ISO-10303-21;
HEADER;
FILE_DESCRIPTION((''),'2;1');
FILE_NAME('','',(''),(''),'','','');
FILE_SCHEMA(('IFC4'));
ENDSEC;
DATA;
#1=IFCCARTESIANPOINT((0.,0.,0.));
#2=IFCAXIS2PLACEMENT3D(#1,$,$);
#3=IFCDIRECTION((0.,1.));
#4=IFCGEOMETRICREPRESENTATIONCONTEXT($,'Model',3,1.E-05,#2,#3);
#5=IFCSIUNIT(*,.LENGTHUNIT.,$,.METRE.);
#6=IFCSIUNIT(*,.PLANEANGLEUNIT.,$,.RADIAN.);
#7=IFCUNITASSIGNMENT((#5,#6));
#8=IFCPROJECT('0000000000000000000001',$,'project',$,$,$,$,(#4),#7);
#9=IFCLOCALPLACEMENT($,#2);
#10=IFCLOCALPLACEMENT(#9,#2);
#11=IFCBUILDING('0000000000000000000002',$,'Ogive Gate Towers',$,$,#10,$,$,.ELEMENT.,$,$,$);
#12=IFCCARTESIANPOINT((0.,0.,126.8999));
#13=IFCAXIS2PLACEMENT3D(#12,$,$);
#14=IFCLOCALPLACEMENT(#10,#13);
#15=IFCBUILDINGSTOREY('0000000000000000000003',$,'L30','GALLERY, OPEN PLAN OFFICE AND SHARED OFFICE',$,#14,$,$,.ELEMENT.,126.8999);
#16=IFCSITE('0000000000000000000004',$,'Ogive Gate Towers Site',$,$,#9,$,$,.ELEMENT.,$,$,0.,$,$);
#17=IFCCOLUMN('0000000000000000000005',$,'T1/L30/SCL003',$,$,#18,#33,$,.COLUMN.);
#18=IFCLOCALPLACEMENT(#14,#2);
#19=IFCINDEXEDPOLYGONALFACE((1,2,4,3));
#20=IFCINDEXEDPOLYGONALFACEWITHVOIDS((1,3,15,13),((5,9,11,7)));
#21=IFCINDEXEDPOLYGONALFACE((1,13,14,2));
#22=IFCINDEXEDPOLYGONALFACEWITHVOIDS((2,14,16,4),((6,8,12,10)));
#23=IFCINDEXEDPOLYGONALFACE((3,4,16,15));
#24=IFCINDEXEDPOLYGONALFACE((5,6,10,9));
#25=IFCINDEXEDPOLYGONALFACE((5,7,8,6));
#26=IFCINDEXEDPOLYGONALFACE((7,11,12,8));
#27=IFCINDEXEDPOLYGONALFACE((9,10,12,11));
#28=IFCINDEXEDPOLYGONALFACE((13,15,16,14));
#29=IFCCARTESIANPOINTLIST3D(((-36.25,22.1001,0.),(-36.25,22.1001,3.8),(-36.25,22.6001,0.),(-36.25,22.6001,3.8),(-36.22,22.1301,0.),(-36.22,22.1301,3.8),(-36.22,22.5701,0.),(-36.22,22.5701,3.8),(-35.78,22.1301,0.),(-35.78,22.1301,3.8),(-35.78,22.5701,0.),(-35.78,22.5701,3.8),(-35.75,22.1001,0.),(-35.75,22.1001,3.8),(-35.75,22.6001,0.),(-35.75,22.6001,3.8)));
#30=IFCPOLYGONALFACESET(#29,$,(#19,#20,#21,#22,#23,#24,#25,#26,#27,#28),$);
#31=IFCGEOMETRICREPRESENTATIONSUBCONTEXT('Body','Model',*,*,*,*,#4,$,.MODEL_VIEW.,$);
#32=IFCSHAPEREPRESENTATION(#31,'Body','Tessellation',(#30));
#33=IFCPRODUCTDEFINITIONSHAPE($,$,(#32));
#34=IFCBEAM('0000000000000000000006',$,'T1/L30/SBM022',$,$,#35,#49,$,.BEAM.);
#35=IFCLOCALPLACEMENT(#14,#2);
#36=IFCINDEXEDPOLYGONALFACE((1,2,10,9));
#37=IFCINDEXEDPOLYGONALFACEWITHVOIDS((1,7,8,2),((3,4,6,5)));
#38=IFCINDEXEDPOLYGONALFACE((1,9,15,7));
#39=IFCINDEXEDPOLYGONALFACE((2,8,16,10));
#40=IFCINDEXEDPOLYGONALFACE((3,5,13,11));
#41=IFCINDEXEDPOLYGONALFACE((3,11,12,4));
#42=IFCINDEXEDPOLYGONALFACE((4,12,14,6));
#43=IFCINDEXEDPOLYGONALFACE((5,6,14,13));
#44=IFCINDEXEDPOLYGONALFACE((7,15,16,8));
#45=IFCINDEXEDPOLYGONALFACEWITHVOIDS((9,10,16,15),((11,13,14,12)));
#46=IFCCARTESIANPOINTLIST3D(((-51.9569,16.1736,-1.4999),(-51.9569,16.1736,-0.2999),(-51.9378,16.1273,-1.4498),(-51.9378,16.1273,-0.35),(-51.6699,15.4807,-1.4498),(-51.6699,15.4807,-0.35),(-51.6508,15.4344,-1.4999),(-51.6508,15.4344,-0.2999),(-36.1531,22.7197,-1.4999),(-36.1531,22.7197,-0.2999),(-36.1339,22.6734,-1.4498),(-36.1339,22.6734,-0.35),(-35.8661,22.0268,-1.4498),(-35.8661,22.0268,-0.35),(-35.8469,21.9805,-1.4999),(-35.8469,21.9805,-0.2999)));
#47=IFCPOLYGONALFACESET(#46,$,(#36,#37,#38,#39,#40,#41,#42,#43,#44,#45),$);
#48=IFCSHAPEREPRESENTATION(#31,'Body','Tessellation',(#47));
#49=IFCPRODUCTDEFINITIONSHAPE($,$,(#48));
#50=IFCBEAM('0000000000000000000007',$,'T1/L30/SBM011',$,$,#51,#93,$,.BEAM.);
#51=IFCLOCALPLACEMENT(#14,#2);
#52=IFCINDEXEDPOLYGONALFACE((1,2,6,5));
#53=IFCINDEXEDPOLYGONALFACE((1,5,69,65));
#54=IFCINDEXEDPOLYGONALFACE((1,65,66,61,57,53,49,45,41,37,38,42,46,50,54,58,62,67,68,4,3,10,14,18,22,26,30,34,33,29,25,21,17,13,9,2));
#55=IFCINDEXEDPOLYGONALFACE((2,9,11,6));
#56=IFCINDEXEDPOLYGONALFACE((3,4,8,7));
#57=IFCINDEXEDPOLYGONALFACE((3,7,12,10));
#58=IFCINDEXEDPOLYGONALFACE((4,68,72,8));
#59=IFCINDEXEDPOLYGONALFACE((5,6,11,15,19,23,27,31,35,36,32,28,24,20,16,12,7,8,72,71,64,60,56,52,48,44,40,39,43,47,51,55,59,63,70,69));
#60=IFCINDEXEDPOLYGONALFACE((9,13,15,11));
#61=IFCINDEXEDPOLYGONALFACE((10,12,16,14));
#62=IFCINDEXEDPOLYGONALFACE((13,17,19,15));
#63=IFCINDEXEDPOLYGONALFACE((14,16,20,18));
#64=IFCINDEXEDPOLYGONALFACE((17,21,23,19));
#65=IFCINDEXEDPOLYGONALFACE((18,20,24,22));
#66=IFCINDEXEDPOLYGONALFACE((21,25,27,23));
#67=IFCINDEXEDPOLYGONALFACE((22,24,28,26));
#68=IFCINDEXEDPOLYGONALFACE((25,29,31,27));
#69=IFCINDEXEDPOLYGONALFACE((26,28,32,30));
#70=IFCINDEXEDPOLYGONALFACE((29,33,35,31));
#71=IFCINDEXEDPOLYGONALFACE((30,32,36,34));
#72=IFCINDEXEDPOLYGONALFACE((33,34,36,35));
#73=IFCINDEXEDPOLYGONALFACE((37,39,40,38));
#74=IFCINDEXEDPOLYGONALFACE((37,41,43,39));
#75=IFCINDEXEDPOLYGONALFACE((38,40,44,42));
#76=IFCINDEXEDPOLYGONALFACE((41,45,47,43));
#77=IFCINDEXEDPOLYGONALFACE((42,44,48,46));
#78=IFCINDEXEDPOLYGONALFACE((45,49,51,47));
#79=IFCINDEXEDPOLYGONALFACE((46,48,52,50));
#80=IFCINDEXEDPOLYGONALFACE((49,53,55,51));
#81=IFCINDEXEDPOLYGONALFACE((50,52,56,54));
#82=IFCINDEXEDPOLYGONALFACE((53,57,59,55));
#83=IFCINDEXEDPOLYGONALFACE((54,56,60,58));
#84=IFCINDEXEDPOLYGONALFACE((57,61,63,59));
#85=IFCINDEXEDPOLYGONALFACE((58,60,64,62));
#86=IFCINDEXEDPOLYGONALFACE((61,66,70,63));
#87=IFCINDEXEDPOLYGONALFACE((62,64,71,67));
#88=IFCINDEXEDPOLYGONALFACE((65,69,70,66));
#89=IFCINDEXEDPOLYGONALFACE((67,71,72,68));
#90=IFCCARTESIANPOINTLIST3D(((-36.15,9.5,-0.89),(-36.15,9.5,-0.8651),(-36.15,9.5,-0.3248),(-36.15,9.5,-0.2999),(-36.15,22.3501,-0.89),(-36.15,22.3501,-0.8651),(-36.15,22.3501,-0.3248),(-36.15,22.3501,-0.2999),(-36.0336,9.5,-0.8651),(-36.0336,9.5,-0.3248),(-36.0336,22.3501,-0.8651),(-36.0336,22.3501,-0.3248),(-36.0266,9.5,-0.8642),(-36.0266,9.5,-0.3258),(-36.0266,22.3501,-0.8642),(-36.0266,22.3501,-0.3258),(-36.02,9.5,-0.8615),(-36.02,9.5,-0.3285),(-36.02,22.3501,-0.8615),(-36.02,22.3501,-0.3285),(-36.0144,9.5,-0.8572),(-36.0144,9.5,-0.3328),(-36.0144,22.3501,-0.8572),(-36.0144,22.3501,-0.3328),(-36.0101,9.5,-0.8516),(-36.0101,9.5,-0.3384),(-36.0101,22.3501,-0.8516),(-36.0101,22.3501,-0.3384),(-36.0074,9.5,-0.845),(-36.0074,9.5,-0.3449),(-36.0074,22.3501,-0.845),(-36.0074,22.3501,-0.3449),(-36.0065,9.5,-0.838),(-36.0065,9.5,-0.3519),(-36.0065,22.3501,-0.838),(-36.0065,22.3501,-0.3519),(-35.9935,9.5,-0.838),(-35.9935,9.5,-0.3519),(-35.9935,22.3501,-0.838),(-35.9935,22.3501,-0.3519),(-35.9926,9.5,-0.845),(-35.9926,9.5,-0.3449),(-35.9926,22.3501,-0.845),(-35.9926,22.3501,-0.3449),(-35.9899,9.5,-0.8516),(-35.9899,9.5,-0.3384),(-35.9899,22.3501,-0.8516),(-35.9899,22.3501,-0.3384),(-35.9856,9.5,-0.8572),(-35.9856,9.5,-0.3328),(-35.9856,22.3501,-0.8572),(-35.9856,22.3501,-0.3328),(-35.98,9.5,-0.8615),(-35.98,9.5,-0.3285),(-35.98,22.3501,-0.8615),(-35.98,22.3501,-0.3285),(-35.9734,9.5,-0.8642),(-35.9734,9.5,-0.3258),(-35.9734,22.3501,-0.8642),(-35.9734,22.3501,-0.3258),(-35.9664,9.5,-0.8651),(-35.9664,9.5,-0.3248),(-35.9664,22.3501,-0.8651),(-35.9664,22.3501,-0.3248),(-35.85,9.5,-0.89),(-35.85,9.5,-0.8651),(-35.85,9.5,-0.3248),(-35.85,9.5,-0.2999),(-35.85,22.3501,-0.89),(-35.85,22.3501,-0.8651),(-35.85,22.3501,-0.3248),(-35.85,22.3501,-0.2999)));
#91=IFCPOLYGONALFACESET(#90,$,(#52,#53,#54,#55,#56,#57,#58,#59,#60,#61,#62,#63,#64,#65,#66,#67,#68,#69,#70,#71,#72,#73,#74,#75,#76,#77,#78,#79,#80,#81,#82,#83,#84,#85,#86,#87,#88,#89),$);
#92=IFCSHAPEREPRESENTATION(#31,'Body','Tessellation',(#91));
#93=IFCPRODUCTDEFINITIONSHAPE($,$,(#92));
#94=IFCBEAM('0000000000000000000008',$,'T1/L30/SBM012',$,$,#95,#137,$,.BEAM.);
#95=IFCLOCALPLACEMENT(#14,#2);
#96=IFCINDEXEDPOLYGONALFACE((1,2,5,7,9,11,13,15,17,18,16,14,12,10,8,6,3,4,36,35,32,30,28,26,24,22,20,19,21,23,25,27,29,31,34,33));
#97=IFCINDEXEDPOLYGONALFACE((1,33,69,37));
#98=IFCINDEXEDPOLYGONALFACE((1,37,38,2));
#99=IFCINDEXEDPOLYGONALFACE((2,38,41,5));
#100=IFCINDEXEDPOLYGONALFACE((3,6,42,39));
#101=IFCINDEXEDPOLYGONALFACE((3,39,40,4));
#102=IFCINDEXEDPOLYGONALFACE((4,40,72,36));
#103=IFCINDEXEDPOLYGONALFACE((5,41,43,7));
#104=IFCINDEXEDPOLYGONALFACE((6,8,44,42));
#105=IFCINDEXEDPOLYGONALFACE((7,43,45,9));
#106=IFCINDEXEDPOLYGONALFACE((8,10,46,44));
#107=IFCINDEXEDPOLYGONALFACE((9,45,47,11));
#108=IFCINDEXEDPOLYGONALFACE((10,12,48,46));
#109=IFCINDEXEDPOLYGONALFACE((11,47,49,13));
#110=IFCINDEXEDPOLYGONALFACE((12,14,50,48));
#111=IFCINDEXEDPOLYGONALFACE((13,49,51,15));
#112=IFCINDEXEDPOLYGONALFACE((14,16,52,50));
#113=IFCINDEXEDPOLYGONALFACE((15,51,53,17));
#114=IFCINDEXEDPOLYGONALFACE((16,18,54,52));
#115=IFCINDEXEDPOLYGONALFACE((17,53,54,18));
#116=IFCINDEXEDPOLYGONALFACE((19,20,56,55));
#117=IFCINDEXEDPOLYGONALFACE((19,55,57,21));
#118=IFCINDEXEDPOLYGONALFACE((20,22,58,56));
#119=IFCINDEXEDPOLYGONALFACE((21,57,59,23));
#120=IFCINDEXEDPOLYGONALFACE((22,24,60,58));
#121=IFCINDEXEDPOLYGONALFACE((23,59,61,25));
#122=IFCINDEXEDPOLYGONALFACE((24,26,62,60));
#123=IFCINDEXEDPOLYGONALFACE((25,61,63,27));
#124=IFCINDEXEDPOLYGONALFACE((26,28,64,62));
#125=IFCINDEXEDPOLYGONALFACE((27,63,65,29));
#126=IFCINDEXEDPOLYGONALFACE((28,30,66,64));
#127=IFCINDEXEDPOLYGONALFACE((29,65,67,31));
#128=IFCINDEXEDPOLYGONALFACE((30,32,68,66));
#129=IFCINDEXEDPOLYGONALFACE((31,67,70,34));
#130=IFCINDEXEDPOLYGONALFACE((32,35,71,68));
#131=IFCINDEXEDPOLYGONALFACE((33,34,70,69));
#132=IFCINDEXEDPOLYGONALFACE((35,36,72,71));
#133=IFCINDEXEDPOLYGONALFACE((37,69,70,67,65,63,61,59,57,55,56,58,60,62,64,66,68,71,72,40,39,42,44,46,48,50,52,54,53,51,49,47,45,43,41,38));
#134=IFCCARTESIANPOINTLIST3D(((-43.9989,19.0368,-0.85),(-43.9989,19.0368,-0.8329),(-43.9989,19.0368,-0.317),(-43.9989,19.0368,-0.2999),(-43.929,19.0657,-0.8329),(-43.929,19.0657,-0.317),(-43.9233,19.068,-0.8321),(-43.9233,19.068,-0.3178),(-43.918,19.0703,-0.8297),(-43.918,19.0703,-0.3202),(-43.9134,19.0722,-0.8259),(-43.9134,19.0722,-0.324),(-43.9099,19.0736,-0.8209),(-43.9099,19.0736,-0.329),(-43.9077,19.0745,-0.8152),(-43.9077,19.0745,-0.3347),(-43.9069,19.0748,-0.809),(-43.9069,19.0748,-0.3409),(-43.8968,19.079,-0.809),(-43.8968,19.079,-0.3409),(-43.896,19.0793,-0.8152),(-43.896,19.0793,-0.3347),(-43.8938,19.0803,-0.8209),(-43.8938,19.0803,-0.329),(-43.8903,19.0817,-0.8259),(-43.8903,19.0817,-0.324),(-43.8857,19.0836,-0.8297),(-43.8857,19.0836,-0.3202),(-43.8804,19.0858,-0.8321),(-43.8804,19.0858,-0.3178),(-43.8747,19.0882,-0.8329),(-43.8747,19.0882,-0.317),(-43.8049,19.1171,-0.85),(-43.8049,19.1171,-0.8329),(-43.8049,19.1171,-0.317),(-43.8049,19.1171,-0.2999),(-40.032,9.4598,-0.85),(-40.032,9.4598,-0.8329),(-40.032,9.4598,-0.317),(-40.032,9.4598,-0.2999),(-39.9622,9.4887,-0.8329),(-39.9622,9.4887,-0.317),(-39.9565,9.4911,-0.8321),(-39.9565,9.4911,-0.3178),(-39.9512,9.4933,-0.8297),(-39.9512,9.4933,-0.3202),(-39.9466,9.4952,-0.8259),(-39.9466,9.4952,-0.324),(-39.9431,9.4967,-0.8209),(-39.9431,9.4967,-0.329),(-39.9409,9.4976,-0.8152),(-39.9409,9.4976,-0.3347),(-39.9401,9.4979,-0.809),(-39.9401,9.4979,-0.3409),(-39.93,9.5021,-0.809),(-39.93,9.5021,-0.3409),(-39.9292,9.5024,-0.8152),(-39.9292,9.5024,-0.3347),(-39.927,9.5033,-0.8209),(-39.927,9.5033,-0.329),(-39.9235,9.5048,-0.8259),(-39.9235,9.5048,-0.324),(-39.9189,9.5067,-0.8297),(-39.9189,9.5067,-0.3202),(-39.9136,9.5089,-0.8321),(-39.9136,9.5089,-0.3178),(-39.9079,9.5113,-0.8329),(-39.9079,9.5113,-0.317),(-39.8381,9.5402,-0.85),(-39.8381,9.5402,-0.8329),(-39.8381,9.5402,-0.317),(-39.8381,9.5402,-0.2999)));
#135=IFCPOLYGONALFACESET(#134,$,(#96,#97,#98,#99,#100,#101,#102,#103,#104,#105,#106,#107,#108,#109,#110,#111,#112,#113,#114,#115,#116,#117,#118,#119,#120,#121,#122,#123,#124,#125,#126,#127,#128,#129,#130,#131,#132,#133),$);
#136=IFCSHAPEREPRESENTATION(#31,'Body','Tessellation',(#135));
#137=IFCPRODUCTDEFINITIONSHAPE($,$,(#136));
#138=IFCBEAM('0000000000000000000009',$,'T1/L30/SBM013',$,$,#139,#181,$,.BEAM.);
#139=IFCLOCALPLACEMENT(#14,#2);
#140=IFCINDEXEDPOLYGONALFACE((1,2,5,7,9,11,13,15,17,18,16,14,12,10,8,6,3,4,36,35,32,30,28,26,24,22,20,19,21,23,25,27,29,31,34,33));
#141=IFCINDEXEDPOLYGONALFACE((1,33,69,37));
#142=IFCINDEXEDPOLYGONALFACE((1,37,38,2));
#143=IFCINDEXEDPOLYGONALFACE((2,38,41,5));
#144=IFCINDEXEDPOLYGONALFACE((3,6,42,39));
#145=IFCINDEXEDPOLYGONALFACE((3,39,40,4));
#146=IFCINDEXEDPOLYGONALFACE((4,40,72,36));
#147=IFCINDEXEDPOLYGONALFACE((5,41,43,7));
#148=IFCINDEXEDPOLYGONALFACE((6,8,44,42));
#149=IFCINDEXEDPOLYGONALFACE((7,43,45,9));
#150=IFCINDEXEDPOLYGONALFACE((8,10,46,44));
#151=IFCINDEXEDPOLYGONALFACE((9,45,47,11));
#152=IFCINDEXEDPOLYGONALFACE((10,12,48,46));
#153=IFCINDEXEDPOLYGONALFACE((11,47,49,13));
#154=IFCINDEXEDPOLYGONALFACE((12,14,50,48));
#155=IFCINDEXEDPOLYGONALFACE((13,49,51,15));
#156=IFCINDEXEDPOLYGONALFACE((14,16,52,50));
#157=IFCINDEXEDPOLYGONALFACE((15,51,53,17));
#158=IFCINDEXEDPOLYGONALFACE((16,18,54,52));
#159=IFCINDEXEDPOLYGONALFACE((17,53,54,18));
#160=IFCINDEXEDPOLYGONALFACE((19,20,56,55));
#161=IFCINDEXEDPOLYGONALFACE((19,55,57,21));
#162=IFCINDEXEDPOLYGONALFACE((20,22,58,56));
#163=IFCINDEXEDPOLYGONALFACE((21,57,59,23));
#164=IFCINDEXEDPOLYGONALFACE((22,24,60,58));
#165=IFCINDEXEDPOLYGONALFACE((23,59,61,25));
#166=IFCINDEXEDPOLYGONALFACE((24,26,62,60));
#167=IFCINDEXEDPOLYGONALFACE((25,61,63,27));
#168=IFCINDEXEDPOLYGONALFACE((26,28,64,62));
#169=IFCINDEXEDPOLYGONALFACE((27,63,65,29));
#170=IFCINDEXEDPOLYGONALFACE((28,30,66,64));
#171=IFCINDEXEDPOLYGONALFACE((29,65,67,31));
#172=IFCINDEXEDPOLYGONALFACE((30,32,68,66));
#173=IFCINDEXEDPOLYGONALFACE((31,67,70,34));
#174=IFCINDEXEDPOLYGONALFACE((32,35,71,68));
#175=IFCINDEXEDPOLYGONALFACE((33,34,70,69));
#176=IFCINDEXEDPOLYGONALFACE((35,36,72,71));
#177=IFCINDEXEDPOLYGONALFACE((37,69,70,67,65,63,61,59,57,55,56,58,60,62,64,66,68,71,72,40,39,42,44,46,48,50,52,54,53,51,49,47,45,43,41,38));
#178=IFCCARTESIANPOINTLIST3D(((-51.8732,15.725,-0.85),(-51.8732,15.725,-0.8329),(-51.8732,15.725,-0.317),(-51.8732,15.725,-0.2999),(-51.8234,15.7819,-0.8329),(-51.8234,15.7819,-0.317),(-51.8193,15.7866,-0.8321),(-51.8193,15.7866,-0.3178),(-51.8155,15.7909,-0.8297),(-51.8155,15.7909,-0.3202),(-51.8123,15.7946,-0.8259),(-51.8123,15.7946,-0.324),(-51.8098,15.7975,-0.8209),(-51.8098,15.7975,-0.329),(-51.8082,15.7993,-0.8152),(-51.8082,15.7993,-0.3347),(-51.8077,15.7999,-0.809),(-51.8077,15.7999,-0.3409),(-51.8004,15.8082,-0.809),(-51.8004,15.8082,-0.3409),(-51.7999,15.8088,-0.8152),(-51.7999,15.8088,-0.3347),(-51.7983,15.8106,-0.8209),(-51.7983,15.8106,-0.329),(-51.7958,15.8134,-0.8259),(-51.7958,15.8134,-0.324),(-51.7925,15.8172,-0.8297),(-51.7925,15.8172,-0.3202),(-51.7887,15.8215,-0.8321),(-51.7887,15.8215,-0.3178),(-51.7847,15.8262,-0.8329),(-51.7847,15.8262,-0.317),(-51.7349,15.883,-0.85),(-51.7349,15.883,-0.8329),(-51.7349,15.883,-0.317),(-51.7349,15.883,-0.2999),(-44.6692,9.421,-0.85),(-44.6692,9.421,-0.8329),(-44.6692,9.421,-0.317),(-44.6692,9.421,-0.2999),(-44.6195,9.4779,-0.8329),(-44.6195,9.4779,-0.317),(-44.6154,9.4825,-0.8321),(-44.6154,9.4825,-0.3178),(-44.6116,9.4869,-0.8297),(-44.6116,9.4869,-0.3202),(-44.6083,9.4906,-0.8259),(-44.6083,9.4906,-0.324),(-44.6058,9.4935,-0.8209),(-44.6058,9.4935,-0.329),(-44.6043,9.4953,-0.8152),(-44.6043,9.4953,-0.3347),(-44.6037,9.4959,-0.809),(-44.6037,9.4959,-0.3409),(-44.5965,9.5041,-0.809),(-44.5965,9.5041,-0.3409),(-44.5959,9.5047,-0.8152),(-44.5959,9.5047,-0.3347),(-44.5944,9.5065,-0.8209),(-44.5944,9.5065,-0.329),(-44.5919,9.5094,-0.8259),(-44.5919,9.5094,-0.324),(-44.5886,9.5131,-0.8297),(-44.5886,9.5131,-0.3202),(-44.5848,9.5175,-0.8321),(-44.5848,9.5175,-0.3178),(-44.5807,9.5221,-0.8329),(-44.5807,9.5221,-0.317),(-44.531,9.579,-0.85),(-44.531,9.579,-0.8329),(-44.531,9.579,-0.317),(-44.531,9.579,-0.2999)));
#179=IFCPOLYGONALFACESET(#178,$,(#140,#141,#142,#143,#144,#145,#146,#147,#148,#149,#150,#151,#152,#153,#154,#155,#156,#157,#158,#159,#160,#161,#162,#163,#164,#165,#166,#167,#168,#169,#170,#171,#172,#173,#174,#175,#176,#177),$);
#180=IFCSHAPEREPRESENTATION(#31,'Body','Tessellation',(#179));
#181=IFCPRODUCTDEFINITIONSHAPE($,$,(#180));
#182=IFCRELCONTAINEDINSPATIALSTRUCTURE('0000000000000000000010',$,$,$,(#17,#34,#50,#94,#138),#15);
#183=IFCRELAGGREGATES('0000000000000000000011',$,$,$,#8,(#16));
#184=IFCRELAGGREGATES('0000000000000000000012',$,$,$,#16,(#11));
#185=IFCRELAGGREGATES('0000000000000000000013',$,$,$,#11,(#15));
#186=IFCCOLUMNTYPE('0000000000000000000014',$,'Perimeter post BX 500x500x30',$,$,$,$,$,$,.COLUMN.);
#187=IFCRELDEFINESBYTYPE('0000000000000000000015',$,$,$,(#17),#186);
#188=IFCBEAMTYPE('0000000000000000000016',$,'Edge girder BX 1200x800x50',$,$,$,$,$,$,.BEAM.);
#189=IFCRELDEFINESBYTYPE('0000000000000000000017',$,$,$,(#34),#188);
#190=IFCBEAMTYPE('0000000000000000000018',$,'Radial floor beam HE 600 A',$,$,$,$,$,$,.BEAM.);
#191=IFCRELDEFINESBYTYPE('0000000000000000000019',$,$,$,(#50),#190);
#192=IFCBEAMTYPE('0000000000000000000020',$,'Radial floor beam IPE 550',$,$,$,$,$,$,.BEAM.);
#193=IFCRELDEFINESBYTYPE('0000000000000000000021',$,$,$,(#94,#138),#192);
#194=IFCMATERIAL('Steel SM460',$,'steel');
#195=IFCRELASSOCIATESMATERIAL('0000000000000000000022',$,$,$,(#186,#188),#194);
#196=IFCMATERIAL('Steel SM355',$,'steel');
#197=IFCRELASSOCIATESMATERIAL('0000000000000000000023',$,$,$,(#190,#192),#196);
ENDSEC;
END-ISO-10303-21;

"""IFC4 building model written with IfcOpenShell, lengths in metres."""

from ifc_helpers import new_model, si_unit, direction, frame, origin, origin_2d, place, context, subcontext, project, spatial, hollow_rectangle, i_section, extrude, material, material_profile, profile_set, type_object, element, save


model = new_model("IFC4")

# Units and contexts
model_context = context("Model", 3, precision=1e-05, world=origin(), true_north=direction((0.0, 1.0)))
body_context = subcontext(model_context, "Body", "Model", "MODEL_VIEW")
ifc_project = project(units=[si_unit("LENGTHUNIT", "METRE"), si_unit("PLANEANGLEUNIT", "RADIAN")], contexts=[model_context])

# Site, building, storey
site_placement = place(None, origin())
site = spatial("IfcSite", under=ifc_project, at=site_placement, Name="Ogive Gate Towers Site", CompositionType="ELEMENT", RefElevation=0.0)
building_placement = place(site_placement, origin())
building = spatial("IfcBuilding", under=site, at=building_placement, Name="Ogive Gate Towers", CompositionType="ELEMENT")
storey_placement = place(building_placement, frame((0.0, 0.0, 126.8999)))
storey = spatial("IfcBuildingStorey", under=building, at=storey_placement, Name="L30", Description="GALLERY, OPEN PLAN OFFICE AND SHARED OFFICE", CompositionType="ELEMENT", Elevation=126.8999)

# Column
ifc_material_1 = material(Name="Steel SM460", Category="steel")
ifc_material_profile_1 = material_profile(ifc_material_1, hollow_rectangle(XDim=0.5, YDim=0.5, WallThickness=0.03, at=origin_2d()), Name="BX 500x500x30")
ifc_profile_set_1 = profile_set([ifc_material_profile_1], Name="Steel SM460")
column_type = type_object("IfcColumnType", Name="Perimeter post BX 500x500x30", PredefinedType="COLUMN", material=ifc_profile_set_1)
column_placement = place(storey_placement, frame((-36.0, 22.3501, 0.0), z_axis=(0.0, 0.0, 1.0), x_axis=(1.0, 0.0, 0.0)))
element("IfcColumn", 1, at=column_placement, inside=storey, type_object=column_type, Name="T1/L30/SCL003", PredefinedType="COLUMN", context=body_context, shape_type="SweptSolid", body=[
    extrude(hollow_rectangle(XDim=0.5, YDim=0.5, WallThickness=0.03, at=origin_2d()), origin(), (0.0, 0.0, 1.0), 3.8),
])

# Beams
ifc_material_profile_2 = material_profile(ifc_material_1, hollow_rectangle(XDim=0.8, YDim=1.2, WallThickness=0.05, at=origin_2d()), Name="BX 1200x800x50")
ifc_profile_set_2 = profile_set([ifc_material_profile_2], Name="Steel SM460")
beam_type_1 = type_object("IfcBeamType", Name="Edge girder BX 1200x800x50", PredefinedType="BEAM", material=ifc_profile_set_2)
beam_1_placement = place(storey_placement, frame((-36.0, 22.3501, -0.8999), z_axis=(-0.923881, -0.38268, 0.0), x_axis=(0.38268, -0.923881, 0.0)))
element("IfcBeam", 2, at=beam_1_placement, inside=storey, type_object=beam_type_1, Name="T1/L30/SBM022", PredefinedType="BEAM", context=body_context, shape_type="SweptSolid", body=[
    extrude(hollow_rectangle(XDim=0.8, YDim=1.2, WallThickness=0.05, at=origin_2d()), origin(), (0.0, 0.0, 1.0), 17.106),
])
ifc_material_2 = material(Name="Steel SM355", Category="steel")
ifc_material_profile_3 = material_profile(ifc_material_2, i_section(OverallWidth=0.3, OverallDepth=0.5901, WebThickness=0.0129, FlangeThickness=0.0249, FilletRadius=0.0271, at=origin_2d()), Name="HE 600 A")
ifc_profile_set_3 = profile_set([ifc_material_profile_3], Name="Steel SM355")
beam_type_2 = type_object("IfcBeamType", Name="Radial floor beam HE 600 A", PredefinedType="BEAM", material=ifc_profile_set_3)
beam_2_placement = place(storey_placement, frame((-36.0, 9.5, -0.595), z_axis=(0.0, 1.0, 0.0), x_axis=(-1.0, 0.0, 0.0)))
element("IfcBeam", 3, at=beam_2_placement, inside=storey, type_object=beam_type_2, Name="T1/L30/SBM011", PredefinedType="BEAM", context=body_context, shape_type="SweptSolid", body=[
    extrude(i_section(OverallWidth=0.3, OverallDepth=0.5901, WebThickness=0.0129, FlangeThickness=0.0249, FilletRadius=0.0271, at=origin_2d()), origin(), (0.0, 0.0, 1.0), 12.8501),
])
ifc_material_profile_4 = material_profile(ifc_material_2, i_section(OverallWidth=0.21, OverallDepth=0.55, WebThickness=0.011, FlangeThickness=0.0171, FilletRadius=0.0239, at=origin_2d()), Name="IPE 550")
ifc_profile_set_4 = profile_set([ifc_material_profile_4], Name="Steel SM355")
beam_type_3 = type_object("IfcBeamType", Name="Radial floor beam IPE 550", PredefinedType="BEAM", material=ifc_profile_set_4)
beam_3_placement = place(storey_placement, frame((-39.9351, 9.5, -0.575), z_axis=(-0.382676, 0.923882, 0.0), x_axis=(-0.923882, -0.382676, 0.0)))
element("IfcBeam", 4, at=beam_3_placement, inside=storey, type_object=beam_type_3, Name="T1/L30/SBM012", PredefinedType="BEAM", context=body_context, shape_type="SweptSolid", body=[
    extrude(i_section(OverallWidth=0.21, OverallDepth=0.55, WebThickness=0.011, FlangeThickness=0.0171, FilletRadius=0.0239, at=origin_2d()), origin(), (0.0, 0.0, 1.0), 10.366),
])
beam_4_placement = place(storey_placement, frame((-44.6001, 9.5, -0.575), z_axis=(-0.752547, 0.658539, 0.0), x_axis=(-0.658539, -0.752547, 0.0)))
element("IfcBeam", 5, at=beam_4_placement, inside=storey, type_object=beam_type_3, Name="T1/L30/SBM013", PredefinedType="BEAM", context=body_context, shape_type="SweptSolid", body=[
    extrude(i_section(OverallWidth=0.21, OverallDepth=0.55, WebThickness=0.011, FlangeThickness=0.0171, FilletRadius=0.0239, at=origin_2d()), origin(), (0.0, 0.0, 1.0), 9.5728),
])

save(model, "model.ifc")
